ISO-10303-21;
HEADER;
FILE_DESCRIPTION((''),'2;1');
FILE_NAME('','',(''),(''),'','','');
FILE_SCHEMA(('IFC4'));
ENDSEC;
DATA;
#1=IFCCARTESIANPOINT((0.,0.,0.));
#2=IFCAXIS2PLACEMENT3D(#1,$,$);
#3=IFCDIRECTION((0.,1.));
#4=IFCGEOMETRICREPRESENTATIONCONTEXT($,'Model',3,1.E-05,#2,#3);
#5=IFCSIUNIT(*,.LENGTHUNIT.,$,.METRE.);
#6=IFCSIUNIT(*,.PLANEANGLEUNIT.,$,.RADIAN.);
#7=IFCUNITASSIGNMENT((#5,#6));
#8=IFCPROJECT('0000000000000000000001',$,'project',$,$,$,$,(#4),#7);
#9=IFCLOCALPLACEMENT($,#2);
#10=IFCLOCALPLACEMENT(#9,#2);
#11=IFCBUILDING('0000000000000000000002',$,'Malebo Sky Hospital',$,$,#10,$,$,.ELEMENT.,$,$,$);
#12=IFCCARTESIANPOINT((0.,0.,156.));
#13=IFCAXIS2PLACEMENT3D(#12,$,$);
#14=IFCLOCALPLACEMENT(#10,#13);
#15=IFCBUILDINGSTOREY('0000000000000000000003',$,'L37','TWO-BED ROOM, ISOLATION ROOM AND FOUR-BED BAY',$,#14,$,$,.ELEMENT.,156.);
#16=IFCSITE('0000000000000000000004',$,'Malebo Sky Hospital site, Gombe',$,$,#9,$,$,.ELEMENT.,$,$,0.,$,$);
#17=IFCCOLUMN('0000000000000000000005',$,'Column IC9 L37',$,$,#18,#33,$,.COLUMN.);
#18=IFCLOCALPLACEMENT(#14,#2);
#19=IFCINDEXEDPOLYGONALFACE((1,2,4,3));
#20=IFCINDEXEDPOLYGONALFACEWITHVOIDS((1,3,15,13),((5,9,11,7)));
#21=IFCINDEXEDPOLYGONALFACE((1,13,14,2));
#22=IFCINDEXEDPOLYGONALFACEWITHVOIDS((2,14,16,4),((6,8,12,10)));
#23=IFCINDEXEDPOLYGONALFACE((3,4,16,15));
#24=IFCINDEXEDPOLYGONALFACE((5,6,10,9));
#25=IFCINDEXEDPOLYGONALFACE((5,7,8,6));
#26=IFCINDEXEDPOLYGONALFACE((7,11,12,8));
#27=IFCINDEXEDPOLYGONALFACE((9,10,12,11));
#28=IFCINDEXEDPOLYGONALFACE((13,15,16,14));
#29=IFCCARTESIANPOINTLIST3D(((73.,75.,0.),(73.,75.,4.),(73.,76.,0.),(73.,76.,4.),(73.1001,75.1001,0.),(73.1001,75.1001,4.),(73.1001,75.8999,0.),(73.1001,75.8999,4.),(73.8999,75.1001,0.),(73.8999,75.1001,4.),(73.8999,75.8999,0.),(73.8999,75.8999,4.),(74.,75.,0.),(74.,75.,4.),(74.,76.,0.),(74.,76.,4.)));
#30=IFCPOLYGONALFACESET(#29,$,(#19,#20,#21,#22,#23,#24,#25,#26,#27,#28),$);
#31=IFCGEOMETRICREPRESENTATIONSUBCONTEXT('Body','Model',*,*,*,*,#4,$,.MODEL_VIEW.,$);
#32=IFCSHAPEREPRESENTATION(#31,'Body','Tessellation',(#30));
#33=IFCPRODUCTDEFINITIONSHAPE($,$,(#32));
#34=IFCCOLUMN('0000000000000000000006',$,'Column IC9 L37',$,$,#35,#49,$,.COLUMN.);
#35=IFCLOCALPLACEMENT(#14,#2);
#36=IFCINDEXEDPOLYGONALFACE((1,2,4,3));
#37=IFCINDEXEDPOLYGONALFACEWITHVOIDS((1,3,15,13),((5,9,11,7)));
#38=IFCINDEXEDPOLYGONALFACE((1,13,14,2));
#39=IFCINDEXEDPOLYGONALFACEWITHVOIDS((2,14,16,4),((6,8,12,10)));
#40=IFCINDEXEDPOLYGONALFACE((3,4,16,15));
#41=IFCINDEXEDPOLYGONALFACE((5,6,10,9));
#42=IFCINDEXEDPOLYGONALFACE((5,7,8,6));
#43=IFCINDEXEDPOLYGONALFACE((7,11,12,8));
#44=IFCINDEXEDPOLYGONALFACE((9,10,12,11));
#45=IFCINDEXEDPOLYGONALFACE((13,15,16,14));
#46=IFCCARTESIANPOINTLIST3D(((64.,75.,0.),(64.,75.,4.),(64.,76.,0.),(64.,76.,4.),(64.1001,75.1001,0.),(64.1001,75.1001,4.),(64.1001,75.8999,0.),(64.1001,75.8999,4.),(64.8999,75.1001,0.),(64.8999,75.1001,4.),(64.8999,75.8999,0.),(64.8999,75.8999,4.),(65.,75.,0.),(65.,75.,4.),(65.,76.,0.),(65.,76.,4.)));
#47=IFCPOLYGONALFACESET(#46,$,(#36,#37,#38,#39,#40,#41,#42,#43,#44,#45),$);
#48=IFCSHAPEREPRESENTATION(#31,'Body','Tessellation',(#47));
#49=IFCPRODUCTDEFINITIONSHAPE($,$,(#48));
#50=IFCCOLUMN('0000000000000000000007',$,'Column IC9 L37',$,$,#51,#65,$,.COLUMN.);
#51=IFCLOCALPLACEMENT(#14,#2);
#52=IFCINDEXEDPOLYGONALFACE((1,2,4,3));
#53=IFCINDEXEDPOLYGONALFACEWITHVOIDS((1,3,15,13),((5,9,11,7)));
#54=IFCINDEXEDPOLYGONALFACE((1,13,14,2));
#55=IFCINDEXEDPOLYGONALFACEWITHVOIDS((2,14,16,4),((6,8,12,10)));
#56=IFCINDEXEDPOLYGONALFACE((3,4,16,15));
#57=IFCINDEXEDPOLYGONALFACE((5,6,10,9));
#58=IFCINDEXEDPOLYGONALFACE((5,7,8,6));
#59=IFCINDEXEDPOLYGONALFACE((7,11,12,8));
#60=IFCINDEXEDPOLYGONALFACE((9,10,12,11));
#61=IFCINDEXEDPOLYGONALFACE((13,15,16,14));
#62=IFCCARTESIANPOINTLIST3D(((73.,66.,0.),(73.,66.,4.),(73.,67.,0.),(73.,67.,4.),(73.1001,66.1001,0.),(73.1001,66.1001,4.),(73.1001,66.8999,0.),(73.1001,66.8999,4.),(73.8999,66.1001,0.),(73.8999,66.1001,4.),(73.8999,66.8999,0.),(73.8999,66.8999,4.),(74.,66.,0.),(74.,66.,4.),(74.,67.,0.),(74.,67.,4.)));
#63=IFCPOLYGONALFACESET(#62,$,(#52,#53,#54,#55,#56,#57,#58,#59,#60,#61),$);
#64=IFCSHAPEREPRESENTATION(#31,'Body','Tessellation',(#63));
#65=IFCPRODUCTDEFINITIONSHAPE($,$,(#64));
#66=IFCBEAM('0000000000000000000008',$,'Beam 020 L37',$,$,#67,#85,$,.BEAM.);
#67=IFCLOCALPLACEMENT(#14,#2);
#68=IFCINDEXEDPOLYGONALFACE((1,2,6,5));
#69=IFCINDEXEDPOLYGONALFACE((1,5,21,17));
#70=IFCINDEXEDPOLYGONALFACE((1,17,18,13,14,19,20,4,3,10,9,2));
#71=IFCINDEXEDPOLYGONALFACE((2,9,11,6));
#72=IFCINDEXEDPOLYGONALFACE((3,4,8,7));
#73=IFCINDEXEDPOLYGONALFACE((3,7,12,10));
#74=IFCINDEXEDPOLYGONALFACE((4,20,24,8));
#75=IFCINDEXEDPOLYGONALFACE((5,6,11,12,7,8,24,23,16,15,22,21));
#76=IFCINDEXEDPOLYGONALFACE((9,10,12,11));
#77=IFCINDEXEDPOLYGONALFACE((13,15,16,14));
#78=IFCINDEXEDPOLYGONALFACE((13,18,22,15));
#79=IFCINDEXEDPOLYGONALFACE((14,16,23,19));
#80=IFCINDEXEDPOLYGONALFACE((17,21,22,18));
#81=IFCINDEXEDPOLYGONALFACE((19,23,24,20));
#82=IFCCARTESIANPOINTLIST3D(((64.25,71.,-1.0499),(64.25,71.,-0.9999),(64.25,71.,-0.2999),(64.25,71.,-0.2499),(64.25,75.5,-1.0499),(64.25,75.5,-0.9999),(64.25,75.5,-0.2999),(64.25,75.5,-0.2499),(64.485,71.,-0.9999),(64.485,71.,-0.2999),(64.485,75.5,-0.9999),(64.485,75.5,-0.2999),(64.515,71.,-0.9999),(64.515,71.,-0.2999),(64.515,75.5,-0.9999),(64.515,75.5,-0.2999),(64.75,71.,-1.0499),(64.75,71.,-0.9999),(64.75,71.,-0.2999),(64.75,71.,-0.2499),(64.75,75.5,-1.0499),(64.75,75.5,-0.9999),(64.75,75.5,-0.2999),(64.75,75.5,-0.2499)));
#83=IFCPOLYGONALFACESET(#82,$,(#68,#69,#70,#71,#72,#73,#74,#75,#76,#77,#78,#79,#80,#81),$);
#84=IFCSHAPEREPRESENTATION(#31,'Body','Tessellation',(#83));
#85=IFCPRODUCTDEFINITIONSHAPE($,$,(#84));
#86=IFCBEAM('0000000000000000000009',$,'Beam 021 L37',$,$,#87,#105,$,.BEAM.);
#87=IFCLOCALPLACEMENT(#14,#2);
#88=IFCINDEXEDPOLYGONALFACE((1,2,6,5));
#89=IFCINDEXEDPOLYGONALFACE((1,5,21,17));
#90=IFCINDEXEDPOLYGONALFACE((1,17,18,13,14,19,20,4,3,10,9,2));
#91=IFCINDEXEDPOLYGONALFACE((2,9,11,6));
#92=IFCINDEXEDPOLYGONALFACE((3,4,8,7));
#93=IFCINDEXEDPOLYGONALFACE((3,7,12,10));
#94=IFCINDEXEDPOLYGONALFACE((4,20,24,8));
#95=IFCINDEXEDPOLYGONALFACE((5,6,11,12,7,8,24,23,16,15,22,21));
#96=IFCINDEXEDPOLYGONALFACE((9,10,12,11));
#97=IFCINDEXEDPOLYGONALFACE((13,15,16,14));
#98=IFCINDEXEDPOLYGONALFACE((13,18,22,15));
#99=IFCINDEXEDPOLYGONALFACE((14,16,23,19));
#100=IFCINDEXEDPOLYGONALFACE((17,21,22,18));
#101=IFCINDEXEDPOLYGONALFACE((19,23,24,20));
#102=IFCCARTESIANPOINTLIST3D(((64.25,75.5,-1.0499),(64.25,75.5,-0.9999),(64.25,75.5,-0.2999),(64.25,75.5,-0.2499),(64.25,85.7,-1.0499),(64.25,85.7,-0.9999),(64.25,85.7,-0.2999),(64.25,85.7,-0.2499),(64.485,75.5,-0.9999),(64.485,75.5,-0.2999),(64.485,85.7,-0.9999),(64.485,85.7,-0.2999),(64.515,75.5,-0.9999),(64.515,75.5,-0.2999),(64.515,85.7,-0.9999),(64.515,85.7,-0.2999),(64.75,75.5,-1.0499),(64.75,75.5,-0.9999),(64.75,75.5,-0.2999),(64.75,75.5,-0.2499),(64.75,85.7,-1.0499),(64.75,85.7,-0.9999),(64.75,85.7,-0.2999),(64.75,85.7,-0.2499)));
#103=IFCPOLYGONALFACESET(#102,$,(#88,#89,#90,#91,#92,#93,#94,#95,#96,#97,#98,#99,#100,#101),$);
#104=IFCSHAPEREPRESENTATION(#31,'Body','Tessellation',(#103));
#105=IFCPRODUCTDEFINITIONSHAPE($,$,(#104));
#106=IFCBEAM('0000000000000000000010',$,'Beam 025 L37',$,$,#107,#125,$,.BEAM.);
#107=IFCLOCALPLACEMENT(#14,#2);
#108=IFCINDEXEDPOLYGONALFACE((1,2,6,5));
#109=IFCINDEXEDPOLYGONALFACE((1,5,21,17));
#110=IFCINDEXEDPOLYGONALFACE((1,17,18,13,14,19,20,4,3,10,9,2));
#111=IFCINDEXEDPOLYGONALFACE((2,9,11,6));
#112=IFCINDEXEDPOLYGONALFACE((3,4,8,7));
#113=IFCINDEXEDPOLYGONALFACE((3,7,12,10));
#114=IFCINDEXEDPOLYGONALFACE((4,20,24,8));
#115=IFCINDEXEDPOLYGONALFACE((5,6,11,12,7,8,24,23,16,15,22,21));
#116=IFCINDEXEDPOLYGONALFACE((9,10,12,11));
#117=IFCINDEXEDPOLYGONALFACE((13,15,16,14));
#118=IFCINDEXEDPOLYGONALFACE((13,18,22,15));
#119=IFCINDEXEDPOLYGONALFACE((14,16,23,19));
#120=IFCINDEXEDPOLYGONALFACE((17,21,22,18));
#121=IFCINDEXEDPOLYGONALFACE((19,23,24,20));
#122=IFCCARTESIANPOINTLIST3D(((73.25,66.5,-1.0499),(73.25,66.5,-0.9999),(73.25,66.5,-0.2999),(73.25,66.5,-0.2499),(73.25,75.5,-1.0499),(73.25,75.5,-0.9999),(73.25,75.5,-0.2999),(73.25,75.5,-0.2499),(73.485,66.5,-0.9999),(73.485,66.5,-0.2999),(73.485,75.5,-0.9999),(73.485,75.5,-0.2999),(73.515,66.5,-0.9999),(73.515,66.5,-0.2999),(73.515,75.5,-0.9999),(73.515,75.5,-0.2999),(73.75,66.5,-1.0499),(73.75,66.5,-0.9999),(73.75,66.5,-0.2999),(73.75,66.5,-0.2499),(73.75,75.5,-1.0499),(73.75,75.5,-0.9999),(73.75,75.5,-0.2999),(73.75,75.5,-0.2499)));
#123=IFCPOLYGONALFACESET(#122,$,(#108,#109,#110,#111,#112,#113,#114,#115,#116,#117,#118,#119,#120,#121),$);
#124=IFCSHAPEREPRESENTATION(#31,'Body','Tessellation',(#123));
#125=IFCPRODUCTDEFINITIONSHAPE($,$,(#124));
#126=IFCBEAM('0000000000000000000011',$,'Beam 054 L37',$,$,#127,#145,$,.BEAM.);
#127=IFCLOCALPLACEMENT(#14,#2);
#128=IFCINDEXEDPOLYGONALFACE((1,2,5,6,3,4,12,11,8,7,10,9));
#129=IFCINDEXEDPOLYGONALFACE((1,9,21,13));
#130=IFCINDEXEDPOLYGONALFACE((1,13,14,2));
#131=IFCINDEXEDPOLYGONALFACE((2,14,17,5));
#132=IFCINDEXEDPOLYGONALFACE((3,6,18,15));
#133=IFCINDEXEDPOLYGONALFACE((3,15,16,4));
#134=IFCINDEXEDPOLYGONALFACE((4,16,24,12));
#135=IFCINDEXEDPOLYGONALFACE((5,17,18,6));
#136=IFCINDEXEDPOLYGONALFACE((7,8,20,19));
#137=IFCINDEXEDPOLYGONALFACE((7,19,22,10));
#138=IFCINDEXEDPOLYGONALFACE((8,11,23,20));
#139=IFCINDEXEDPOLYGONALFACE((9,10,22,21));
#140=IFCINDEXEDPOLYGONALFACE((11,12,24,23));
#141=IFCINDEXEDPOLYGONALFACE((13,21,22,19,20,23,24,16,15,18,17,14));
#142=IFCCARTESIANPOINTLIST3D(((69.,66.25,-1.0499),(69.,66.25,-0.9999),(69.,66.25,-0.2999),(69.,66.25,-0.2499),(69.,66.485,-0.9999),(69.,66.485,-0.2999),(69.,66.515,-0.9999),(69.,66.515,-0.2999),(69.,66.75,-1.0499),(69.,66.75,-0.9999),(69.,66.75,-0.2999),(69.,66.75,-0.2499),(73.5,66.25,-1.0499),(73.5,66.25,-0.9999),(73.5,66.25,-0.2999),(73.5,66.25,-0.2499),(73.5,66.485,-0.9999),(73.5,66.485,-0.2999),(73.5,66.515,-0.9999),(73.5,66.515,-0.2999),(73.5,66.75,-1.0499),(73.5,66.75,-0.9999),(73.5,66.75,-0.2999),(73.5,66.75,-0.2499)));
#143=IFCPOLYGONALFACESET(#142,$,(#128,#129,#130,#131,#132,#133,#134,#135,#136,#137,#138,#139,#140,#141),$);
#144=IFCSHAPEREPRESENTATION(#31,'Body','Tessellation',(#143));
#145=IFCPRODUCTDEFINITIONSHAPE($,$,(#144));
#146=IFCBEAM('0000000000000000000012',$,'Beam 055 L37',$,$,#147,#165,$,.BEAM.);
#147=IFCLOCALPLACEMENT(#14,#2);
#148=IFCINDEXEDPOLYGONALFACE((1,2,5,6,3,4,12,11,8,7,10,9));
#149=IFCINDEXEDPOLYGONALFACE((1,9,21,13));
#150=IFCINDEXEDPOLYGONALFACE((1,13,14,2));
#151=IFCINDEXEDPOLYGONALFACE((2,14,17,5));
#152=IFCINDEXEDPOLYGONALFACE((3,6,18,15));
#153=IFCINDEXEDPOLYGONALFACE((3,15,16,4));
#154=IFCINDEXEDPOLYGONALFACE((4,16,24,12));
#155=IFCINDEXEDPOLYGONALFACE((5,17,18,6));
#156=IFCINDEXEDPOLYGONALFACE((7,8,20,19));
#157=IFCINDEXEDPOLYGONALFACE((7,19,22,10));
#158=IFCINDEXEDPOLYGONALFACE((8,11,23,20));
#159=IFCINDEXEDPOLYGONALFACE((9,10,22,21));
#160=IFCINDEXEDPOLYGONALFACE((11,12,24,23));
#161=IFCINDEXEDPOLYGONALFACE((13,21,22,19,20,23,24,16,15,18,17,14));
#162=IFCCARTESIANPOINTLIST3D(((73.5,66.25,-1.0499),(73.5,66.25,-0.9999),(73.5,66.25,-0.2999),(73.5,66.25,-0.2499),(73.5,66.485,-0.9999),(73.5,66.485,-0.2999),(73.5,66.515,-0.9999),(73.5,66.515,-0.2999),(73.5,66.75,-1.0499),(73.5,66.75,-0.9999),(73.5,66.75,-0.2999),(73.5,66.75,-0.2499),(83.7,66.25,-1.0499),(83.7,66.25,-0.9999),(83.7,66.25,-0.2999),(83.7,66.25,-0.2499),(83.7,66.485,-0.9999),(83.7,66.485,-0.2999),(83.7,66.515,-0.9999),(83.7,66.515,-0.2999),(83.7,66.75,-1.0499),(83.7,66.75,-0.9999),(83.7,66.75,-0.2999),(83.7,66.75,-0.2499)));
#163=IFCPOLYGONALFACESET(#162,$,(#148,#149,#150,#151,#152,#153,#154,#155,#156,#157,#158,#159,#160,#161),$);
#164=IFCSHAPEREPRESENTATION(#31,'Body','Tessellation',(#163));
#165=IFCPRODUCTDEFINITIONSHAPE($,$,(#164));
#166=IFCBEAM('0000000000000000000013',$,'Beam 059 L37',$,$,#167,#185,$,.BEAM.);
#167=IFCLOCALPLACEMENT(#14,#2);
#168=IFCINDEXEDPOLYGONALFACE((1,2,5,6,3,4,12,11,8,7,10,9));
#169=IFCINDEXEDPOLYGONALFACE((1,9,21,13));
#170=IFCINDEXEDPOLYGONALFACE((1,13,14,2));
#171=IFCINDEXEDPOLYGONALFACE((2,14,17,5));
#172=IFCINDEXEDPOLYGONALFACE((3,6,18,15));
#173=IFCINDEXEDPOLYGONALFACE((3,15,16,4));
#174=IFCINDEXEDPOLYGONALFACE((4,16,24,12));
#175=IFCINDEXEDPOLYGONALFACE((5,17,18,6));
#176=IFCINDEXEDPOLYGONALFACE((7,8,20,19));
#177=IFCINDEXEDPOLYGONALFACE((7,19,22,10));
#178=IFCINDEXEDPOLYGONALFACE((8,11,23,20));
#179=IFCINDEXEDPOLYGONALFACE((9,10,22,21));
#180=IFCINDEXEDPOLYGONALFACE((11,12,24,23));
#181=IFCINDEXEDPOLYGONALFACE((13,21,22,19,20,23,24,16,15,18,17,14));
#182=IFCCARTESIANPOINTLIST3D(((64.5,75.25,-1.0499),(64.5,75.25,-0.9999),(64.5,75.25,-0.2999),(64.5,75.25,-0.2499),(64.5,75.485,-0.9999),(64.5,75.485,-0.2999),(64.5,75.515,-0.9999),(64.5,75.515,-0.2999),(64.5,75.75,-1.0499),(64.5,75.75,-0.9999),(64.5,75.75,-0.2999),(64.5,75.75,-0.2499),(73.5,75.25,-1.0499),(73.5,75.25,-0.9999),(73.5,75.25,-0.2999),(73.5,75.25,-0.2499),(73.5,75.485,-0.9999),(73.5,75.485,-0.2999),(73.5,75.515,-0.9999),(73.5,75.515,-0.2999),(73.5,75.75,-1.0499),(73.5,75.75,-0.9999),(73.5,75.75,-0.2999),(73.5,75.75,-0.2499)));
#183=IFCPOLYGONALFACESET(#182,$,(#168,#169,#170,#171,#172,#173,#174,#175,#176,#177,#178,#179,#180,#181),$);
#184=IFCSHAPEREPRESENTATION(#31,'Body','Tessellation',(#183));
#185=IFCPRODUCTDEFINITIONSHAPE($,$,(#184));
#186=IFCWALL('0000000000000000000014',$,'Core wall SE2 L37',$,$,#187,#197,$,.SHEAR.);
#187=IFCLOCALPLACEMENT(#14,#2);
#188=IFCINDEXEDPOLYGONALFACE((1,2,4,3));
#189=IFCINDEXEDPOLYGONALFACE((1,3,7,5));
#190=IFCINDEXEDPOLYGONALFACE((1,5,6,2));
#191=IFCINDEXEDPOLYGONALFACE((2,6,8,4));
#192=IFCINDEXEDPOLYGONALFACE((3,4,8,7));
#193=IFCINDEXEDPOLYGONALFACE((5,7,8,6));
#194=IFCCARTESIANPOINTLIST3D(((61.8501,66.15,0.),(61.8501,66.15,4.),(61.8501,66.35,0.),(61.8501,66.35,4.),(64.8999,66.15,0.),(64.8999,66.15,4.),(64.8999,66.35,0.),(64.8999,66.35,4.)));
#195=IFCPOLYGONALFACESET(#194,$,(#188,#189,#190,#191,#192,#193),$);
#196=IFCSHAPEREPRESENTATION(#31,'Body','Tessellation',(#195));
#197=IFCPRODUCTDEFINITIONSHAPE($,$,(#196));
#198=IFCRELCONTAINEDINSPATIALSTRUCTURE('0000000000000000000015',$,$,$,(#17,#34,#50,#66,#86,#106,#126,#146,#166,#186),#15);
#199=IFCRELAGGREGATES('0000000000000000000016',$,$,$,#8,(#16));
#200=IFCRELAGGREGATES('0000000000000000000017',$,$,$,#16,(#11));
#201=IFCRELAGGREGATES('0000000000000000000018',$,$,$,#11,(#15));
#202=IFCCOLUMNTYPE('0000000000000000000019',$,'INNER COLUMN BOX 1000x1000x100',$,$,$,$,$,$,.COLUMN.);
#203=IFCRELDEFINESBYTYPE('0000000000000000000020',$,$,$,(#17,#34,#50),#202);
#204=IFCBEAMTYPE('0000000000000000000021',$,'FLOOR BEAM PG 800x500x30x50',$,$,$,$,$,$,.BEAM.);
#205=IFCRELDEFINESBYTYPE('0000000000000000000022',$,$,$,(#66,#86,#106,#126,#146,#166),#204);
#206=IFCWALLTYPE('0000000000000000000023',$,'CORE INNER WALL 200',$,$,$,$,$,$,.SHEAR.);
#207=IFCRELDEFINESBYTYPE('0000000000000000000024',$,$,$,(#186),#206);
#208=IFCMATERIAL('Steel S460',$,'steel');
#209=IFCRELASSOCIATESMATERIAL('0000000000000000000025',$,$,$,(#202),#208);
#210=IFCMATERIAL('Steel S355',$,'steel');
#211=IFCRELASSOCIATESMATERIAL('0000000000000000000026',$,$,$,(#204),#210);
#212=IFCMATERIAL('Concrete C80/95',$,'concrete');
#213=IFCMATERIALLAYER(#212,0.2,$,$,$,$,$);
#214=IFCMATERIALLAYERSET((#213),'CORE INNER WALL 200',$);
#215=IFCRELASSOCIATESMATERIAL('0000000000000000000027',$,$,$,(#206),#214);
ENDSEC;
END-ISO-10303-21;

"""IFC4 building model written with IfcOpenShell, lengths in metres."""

from ifc_helpers import new_model, si_unit, direction, frame, frame_2d, origin, origin_2d, place, context, subcontext, project, spatial, rectangle, hollow_rectangle, i_section, extrude, material, layer, layer_set, material_profile, profile_set, type_object, element, save


model = new_model("IFC4")

# Units and contexts
model_context = context("Model", 3, precision=1e-05, world=origin(), true_north=direction((0.0, 1.0)))
body_context = subcontext(model_context, "Body", "Model", "MODEL_VIEW")
ifc_project = project(units=[si_unit("LENGTHUNIT", "METRE"), si_unit("PLANEANGLEUNIT", "RADIAN")], contexts=[model_context])

# Site, building, storey
site_placement = place(None, origin())
site = spatial("IfcSite", under=ifc_project, at=site_placement, Name="Malebo Sky Hospital site, Gombe", CompositionType="ELEMENT", RefElevation=0.0)
building_placement = place(site_placement, origin())
building = spatial("IfcBuilding", under=site, at=building_placement, Name="Malebo Sky Hospital", CompositionType="ELEMENT")
storey_placement = place(building_placement, frame((0.0, 0.0, 156.0)))
storey = spatial("IfcBuildingStorey", under=building, at=storey_placement, Name="L37", Description="TWO-BED ROOM, ISOLATION ROOM AND FOUR-BED BAY", CompositionType="ELEMENT", Elevation=156.0)

# Columns
ifc_material_1 = material(Name="Steel S460", Category="steel")
ifc_material_profile_1 = material_profile(ifc_material_1, hollow_rectangle(XDim=1.0, YDim=1.0, WallThickness=0.1001, at=origin_2d()), Name="BOX 1000x1000x100")
ifc_profile_set_1 = profile_set([ifc_material_profile_1], Name="Steel S460")
column_type = type_object("IfcColumnType", Name="INNER COLUMN BOX 1000x1000x100", PredefinedType="COLUMN", material=ifc_profile_set_1)
for number, where, z_axis, x_axis, name in (
    (1, (73.5, 75.5, 0.0), (0.0, 0.0, 1.0), (1.0, 0.0, 0.0), "Column IC9 L37"),
    (2, (64.5, 75.5, 0.0), (0.0, 0.0, 1.0), (1.0, 0.0, 0.0), "Column IC9 L37"),
    (3, (73.5, 66.5, 0.0), (0.0, 0.0, 1.0), (1.0, 0.0, 0.0), "Column IC9 L37"),
):
    element("IfcColumn", number, at=place(storey_placement, frame(where, z_axis=z_axis, x_axis=x_axis)), inside=storey, type_object=column_type, Name=name, PredefinedType="COLUMN", context=body_context, shape_type="SweptSolid", body=[
        extrude(hollow_rectangle(XDim=1.0, YDim=1.0, WallThickness=0.1001, at=origin_2d()), origin(), (0.0, 0.0, 1.0), 4.0),
    ])

# Beams
ifc_material_2 = material(Name="Steel S355", Category="steel")
ifc_material_profile_2 = material_profile(ifc_material_2, i_section(OverallWidth=0.5, OverallDepth=0.8, WebThickness=0.03, FlangeThickness=0.05, at=origin_2d()), Name="PG 800x500x30x50")
ifc_profile_set_2 = profile_set([ifc_material_profile_2], Name="Steel S355")
beam_type = type_object("IfcBeamType", Name="FLOOR BEAM PG 800x500x30x50", PredefinedType="BEAM", material=ifc_profile_set_2)
beam_1_placement = place(storey_placement, frame((64.5, 71.0, -0.6499), z_axis=(0.0, 1.0, 0.0), x_axis=(-1.0, 0.0, 0.0)))
element("IfcBeam", 4, at=beam_1_placement, inside=storey, type_object=beam_type, Name="Beam 020 L37", PredefinedType="BEAM", context=body_context, shape_type="SweptSolid", body=[
    extrude(i_section(OverallWidth=0.5, OverallDepth=0.8, WebThickness=0.03, FlangeThickness=0.05, at=origin_2d()), origin(), (0.0, 0.0, 1.0), 4.5),
])
beam_2_placement = place(storey_placement, frame((64.5, 75.5, -0.6499), z_axis=(0.0, 1.0, 0.0), x_axis=(-1.0, 0.0, 0.0)))
element("IfcBeam", 5, at=beam_2_placement, inside=storey, type_object=beam_type, Name="Beam 021 L37", PredefinedType="BEAM", context=body_context, shape_type="SweptSolid", body=[
    extrude(i_section(OverallWidth=0.5, OverallDepth=0.8, WebThickness=0.03, FlangeThickness=0.05, at=origin_2d()), origin(), (0.0, 0.0, 1.0), 10.2),
])
beam_3_placement = place(storey_placement, frame((73.5, 66.5, -0.6499), z_axis=(0.0, 1.0, 0.0), x_axis=(-1.0, 0.0, 0.0)))
element("IfcBeam", 6, at=beam_3_placement, inside=storey, type_object=beam_type, Name="Beam 025 L37", PredefinedType="BEAM", context=body_context, shape_type="SweptSolid", body=[
    extrude(i_section(OverallWidth=0.5, OverallDepth=0.8, WebThickness=0.03, FlangeThickness=0.05, at=origin_2d()), origin(), (0.0, 0.0, 1.0), 9.0),
])
beam_4_placement = place(storey_placement, frame((69.0, 66.5, -0.6499), z_axis=(1.0, 0.0, 0.0), x_axis=(0.0, 1.0, 0.0)))
element("IfcBeam", 7, at=beam_4_placement, inside=storey, type_object=beam_type, Name="Beam 054 L37", PredefinedType="BEAM", context=body_context, shape_type="SweptSolid", body=[
    extrude(i_section(OverallWidth=0.5, OverallDepth=0.8, WebThickness=0.03, FlangeThickness=0.05, at=origin_2d()), origin(), (0.0, 0.0, 1.0), 4.5),
])
beam_5_placement = place(storey_placement, frame((73.5, 66.5, -0.6499), z_axis=(1.0, 0.0, 0.0), x_axis=(0.0, 1.0, 0.0)))
element("IfcBeam", 8, at=beam_5_placement, inside=storey, type_object=beam_type, Name="Beam 055 L37", PredefinedType="BEAM", context=body_context, shape_type="SweptSolid", body=[
    extrude(i_section(OverallWidth=0.5, OverallDepth=0.8, WebThickness=0.03, FlangeThickness=0.05, at=origin_2d()), origin(), (0.0, 0.0, 1.0), 10.2),
])
beam_6_placement = place(storey_placement, frame((64.5, 75.5, -0.6499), z_axis=(1.0, 0.0, 0.0), x_axis=(0.0, 1.0, 0.0)))
element("IfcBeam", 9, at=beam_6_placement, inside=storey, type_object=beam_type, Name="Beam 059 L37", PredefinedType="BEAM", context=body_context, shape_type="SweptSolid", body=[
    extrude(i_section(OverallWidth=0.5, OverallDepth=0.8, WebThickness=0.03, FlangeThickness=0.05, at=origin_2d()), origin(), (0.0, 0.0, 1.0), 9.0),
])

# Wall
ifc_material_3 = material(Name="Concrete C80/95", Category="concrete")
ifc_layer_1 = layer(ifc_material_3, 0.2)
ifc_layer_set_1 = layer_set([ifc_layer_1], Name="CORE INNER WALL 200")
wall_type_1 = type_object("IfcWallType", Name="CORE INNER WALL 200", PredefinedType="SHEAR", material=ifc_layer_set_1)
wall_1_placement = place(storey_placement, frame((61.8501, 66.25, 0.0), z_axis=(0.0, 0.0, 1.0), x_axis=(1.0, 0.0, 0.0)))
element("IfcWall", 10, at=wall_1_placement, inside=storey, type_object=wall_type_1, Name="Core wall SE2 L37", PredefinedType="SHEAR", context=body_context, shape_type="SweptSolid", body=[
    extrude(rectangle(XDim=3.0498, YDim=0.2, at=frame_2d((1.5249, 0.0))), origin(), (0.0, 0.0, 1.0), 4.0),
])

save(model, "model.ifc")
